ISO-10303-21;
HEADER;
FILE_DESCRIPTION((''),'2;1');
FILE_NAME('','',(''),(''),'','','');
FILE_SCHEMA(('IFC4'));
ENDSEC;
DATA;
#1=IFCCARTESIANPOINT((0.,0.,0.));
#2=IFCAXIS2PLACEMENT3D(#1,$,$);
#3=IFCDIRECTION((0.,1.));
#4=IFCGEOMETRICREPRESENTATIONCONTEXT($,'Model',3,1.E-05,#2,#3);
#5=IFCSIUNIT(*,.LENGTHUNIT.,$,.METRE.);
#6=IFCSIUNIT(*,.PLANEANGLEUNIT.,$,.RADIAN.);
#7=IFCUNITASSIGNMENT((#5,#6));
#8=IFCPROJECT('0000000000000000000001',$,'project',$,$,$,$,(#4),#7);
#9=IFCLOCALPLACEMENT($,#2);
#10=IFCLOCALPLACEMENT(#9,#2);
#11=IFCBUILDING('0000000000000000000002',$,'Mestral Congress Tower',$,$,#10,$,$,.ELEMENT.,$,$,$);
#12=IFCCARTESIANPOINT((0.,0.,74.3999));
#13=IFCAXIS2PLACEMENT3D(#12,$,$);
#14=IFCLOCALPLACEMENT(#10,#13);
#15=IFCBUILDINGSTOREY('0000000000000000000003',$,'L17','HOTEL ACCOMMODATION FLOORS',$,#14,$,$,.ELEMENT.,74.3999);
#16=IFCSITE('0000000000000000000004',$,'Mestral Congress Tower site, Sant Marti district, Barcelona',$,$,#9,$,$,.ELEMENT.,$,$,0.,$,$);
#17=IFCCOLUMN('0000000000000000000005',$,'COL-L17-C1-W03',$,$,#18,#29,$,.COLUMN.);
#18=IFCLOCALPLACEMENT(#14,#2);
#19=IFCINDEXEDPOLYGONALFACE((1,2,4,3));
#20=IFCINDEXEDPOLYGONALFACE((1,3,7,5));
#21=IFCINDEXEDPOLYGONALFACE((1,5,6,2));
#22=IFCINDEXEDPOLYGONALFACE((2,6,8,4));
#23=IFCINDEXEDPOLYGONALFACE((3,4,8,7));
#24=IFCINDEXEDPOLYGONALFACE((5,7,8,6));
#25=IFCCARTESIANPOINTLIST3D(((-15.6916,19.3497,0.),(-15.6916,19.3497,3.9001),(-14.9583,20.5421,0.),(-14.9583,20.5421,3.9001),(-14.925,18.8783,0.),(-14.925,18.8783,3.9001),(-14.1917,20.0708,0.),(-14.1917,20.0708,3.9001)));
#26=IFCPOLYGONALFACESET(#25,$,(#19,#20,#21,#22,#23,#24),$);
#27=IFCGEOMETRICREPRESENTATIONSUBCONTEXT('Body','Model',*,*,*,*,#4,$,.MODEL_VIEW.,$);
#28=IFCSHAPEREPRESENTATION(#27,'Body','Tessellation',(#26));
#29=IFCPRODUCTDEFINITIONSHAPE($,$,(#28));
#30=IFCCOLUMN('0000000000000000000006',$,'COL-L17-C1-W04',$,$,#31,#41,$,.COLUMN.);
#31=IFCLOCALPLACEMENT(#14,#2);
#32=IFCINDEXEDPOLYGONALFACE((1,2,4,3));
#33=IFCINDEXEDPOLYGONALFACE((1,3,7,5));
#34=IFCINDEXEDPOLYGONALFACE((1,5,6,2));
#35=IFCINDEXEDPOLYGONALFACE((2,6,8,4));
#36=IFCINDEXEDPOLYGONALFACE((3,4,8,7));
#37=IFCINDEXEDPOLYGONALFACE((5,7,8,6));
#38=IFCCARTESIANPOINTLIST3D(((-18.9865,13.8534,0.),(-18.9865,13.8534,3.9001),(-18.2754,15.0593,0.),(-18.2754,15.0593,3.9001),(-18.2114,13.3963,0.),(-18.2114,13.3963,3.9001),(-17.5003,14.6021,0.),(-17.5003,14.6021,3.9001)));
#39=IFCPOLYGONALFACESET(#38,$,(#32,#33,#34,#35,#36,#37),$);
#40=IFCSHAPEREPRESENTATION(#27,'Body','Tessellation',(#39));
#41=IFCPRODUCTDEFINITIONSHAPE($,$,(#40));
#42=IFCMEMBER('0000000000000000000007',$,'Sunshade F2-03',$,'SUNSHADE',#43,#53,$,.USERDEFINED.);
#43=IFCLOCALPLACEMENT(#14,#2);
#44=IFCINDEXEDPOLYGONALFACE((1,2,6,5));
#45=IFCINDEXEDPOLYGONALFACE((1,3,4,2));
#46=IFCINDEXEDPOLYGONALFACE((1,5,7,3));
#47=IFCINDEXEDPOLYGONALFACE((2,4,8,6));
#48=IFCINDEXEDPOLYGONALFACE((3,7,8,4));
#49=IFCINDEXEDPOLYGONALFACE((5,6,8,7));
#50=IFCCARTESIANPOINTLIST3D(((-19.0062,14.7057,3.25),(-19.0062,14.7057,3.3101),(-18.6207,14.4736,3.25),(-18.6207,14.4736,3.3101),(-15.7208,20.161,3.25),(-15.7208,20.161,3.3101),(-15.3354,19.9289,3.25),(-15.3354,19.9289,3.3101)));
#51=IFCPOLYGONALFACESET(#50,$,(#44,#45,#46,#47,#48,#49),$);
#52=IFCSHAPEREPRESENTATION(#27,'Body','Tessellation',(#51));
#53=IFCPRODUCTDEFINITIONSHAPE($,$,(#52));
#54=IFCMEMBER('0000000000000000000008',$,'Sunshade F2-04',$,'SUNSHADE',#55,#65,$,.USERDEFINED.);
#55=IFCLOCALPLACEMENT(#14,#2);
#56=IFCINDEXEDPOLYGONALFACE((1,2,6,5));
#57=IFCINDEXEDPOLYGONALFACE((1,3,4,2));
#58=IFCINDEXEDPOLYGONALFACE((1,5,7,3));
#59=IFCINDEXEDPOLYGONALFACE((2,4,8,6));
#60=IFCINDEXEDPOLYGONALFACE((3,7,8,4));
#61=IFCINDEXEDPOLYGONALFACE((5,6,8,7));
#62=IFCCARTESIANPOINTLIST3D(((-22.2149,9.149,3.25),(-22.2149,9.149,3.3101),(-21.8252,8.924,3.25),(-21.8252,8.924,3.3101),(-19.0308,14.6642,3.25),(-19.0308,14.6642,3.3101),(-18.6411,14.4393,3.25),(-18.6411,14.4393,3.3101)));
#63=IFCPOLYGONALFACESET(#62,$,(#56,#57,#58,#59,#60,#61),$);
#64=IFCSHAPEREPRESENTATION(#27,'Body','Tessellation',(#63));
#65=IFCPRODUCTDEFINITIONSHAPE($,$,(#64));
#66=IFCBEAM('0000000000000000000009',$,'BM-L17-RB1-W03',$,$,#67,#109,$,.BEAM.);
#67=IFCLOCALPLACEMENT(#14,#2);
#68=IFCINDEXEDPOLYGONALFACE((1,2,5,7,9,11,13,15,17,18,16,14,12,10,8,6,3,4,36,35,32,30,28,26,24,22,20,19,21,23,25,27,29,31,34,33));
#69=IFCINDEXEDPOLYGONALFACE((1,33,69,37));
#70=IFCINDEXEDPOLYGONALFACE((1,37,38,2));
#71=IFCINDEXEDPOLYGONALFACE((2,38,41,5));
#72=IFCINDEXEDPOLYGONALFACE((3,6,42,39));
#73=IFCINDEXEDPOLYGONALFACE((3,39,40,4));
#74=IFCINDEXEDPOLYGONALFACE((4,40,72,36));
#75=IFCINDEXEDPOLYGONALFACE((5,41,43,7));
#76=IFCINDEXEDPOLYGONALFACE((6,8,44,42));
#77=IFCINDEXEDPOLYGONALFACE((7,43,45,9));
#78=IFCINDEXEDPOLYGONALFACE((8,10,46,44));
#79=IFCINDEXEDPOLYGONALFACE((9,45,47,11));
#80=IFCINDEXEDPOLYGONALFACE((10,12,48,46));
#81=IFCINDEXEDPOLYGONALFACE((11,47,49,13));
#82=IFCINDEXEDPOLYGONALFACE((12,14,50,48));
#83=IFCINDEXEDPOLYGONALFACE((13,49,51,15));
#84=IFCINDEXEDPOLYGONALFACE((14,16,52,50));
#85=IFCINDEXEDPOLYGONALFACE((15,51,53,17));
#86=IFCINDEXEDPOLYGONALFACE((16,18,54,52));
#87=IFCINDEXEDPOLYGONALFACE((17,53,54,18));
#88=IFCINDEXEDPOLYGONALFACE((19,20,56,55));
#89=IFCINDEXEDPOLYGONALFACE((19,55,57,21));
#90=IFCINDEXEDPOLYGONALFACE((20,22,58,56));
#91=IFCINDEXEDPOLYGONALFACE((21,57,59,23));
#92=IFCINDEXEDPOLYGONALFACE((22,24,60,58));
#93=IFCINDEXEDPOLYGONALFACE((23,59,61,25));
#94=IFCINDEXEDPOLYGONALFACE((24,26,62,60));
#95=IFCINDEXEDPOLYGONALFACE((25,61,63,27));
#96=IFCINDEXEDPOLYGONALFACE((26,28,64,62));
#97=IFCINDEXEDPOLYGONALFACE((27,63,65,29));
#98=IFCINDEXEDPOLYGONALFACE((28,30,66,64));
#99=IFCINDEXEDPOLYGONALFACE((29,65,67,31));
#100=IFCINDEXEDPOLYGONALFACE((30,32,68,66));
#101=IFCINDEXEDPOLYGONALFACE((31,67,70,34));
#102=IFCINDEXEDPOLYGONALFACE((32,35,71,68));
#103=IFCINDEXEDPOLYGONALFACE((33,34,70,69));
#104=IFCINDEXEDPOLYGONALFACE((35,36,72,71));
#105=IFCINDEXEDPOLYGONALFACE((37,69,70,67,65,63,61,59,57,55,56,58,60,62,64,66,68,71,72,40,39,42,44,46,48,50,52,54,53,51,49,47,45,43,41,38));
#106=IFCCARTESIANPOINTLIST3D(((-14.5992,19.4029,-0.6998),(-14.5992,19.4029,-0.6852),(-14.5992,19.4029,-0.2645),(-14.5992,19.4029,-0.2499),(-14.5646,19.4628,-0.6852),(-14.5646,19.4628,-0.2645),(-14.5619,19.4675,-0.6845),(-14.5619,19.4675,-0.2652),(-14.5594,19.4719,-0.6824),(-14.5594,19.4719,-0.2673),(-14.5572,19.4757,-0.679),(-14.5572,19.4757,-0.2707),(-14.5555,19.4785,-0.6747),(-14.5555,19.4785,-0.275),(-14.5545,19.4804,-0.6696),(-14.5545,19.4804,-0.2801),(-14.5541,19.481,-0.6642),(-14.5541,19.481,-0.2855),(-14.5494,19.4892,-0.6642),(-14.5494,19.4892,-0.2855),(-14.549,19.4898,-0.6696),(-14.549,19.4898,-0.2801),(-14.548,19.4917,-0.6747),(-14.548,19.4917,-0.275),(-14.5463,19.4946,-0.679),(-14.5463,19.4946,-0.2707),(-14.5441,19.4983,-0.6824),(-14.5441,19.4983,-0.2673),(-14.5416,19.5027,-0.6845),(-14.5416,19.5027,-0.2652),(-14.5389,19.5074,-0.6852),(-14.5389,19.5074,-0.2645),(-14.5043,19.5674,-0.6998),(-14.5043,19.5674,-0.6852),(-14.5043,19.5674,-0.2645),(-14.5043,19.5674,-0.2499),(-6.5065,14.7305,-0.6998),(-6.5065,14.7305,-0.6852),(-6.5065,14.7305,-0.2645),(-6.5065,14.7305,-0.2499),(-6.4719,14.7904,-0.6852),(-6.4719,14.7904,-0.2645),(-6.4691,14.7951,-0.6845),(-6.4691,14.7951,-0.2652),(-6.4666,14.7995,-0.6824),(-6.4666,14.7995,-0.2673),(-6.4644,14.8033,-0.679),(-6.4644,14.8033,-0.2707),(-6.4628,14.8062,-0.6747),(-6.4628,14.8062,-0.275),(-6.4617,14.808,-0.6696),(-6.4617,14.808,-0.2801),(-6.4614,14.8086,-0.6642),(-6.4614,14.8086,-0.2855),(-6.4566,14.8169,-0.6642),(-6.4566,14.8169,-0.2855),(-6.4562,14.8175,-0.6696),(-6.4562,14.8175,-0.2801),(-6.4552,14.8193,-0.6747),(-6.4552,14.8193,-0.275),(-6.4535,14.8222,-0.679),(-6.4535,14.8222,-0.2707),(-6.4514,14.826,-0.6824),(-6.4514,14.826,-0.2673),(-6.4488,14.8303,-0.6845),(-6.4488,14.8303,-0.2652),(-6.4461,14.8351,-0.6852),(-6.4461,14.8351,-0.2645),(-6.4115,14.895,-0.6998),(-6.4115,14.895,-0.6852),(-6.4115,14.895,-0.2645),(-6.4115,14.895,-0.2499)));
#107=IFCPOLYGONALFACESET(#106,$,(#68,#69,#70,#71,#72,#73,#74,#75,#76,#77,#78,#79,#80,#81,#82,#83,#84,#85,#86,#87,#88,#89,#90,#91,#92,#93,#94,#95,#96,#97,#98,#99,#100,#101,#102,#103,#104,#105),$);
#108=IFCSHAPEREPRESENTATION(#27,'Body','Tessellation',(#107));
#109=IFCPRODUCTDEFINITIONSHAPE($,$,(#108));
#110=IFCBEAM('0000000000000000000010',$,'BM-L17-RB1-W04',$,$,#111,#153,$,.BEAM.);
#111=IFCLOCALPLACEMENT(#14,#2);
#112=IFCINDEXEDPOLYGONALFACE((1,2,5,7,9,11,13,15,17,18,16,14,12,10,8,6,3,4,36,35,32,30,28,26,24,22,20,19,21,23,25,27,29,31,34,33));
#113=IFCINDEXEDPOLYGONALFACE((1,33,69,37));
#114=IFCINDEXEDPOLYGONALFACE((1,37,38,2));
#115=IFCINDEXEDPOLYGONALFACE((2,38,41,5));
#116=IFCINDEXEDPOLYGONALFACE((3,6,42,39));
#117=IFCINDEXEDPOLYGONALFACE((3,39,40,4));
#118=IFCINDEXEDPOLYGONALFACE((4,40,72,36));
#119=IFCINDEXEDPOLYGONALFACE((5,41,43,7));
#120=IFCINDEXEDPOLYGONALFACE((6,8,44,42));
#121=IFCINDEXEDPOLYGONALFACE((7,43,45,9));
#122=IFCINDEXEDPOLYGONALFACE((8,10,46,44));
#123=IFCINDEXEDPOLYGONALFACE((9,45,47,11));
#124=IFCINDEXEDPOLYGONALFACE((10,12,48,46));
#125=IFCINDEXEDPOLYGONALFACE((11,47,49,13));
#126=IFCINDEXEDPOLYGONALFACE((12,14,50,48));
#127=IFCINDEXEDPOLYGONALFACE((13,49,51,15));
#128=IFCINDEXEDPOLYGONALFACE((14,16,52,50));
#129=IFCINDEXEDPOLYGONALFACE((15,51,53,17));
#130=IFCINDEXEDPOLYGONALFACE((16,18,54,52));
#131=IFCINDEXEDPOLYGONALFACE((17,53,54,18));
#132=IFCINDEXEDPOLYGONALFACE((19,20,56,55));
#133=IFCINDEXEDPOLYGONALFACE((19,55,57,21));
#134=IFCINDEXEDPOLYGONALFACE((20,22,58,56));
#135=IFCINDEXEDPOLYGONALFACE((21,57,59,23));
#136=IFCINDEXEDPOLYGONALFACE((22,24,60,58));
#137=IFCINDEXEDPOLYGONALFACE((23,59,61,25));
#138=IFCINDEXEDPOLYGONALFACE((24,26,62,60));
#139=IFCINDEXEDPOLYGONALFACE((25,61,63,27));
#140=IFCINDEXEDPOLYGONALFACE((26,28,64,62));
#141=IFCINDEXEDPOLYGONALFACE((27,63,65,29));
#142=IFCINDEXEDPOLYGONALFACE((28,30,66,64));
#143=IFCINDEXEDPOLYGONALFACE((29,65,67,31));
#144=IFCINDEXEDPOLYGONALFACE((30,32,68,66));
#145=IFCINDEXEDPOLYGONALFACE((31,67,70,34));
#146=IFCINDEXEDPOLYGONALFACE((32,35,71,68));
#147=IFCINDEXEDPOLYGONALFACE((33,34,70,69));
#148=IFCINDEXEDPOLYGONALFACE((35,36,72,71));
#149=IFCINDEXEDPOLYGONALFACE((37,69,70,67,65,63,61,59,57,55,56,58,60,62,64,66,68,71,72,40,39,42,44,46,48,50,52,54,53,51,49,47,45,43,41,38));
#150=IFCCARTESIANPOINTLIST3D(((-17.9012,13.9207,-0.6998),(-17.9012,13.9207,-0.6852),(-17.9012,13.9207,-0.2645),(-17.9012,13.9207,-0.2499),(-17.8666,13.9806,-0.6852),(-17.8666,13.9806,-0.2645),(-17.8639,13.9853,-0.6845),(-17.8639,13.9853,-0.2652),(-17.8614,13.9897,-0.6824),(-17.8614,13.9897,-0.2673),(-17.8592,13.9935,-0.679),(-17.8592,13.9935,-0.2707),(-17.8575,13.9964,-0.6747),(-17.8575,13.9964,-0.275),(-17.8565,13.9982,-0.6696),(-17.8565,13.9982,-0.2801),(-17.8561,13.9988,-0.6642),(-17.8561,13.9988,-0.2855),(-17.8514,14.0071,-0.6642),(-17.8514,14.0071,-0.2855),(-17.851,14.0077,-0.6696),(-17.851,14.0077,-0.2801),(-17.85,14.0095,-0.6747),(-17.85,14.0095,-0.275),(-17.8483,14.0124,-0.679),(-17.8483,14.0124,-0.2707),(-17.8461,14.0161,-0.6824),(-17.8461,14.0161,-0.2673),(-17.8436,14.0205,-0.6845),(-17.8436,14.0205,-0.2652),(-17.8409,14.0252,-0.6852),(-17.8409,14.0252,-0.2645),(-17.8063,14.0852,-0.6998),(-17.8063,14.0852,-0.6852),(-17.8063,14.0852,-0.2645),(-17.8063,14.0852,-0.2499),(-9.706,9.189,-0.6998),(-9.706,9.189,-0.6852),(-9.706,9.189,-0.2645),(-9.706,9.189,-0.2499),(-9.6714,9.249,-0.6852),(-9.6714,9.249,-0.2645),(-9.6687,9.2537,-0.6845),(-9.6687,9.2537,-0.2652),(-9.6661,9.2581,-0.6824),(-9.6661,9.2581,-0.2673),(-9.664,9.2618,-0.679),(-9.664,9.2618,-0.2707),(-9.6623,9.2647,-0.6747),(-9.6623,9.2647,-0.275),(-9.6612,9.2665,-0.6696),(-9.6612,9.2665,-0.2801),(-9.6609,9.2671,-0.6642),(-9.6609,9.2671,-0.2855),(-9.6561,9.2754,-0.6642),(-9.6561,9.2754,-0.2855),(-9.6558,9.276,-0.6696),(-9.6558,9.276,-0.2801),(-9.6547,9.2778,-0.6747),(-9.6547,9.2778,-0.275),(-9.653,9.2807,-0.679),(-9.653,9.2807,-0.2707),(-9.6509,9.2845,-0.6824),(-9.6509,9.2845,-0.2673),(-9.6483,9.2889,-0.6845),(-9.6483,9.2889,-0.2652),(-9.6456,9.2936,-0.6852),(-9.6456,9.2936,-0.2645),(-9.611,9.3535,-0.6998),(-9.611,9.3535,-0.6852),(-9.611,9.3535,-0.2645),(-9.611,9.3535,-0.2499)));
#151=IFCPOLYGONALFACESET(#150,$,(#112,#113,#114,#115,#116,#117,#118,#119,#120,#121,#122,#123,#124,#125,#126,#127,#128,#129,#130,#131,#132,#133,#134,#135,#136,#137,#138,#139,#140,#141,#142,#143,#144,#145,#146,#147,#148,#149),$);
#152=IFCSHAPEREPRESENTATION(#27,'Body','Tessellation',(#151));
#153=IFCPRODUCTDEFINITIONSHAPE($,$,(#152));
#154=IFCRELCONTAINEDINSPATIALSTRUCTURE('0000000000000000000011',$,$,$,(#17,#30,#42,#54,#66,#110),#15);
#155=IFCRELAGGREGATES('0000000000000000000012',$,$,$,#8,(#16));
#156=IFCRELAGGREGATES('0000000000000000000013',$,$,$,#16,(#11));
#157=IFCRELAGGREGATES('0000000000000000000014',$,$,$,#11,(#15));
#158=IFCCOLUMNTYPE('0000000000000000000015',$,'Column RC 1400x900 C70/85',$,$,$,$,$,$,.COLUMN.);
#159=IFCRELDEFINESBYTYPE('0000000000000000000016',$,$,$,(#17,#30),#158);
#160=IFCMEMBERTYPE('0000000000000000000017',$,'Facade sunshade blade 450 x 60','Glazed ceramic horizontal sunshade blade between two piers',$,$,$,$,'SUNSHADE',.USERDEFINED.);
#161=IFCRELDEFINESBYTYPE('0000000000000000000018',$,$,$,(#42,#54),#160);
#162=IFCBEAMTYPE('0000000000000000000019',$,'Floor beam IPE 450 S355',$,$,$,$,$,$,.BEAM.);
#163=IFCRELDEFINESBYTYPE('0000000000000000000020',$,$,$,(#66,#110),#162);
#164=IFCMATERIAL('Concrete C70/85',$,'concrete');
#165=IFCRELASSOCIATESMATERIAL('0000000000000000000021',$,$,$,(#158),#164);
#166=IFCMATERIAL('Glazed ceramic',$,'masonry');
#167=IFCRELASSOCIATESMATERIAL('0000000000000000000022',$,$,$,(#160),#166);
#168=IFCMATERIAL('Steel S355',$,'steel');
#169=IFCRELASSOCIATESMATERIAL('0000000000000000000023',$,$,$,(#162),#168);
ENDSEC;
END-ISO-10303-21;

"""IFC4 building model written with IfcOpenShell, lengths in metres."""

from ifc_helpers import new_model, si_unit, direction, frame, origin, origin_2d, place, context, subcontext, project, spatial, rectangle, i_section, extrude, material, material_profile, profile_set, type_object, element, save


model = new_model("IFC4")

# Units and contexts
model_context = context("Model", 3, precision=1e-05, world=origin(), true_north=direction((0.0, 1.0)))
body_context = subcontext(model_context, "Body", "Model", "MODEL_VIEW")
ifc_project = project(units=[si_unit("LENGTHUNIT", "METRE"), si_unit("PLANEANGLEUNIT", "RADIAN")], contexts=[model_context])

# Site, building, storey
site_placement = place(None, origin())
site = spatial("IfcSite", under=ifc_project, at=site_placement, Name="Mestral Congress Tower site, Sant Marti district, Barcelona", CompositionType="ELEMENT", RefElevation=0.0)
building_placement = place(site_placement, origin())
building = spatial("IfcBuilding", under=site, at=building_placement, Name="Mestral Congress Tower", CompositionType="ELEMENT")
storey_placement = place(building_placement, frame((0.0, 0.0, 74.3999)))
storey = spatial("IfcBuildingStorey", under=building, at=storey_placement, Name="L17", Description="HOTEL ACCOMMODATION FLOORS", CompositionType="ELEMENT", Elevation=74.3999)

# Columns
ifc_material_1 = material(Name="Concrete C70/85", Category="concrete")
ifc_material_profile_1 = material_profile(ifc_material_1, rectangle(XDim=1.3999, YDim=0.8999, at=origin_2d()), Name="RC 1400x900")
ifc_profile_set_1 = profile_set([ifc_material_profile_1], Name="Concrete C70/85")
column_type = type_object("IfcColumnType", Name="Column RC 1400x900 C70/85", PredefinedType="COLUMN", material=ifc_profile_set_1)
for number, where, z_axis, x_axis, name in (
    (1, (-14.9417, 19.7102, 0.0), (0.0, 0.0, 1.0), (-0.523819, -0.851829, 0.0), "COL-L17-C1-W03"),
    (2, (-18.2434, 14.2278, 0.0), (0.0, 0.0, 1.0), (-0.507983, -0.861367, 0.0), "COL-L17-C1-W04"),
):
    element("IfcColumn", number, at=place(storey_placement, frame(where, z_axis=z_axis, x_axis=x_axis)), inside=storey, type_object=column_type, Name=name, PredefinedType="COLUMN", context=body_context, shape_type="SweptSolid", body=[
        extrude(rectangle(XDim=1.3999, YDim=0.8999, at=origin_2d()), origin(), (0.0, 0.0, 1.0), 3.9001),
    ])

# Members
ifc_material_2 = material(Name="Glazed ceramic", Category="masonry")
ifc_material_profile_2 = material_profile(ifc_material_2, rectangle(XDim=0.45, YDim=0.0601, at=origin_2d()), Name="Ceramic blade 450 x 60")
ifc_profile_set_2 = profile_set([ifc_material_profile_2], Name="Glazed ceramic")
member_type = type_object("IfcMemberType", Name="Facade sunshade blade 450 x 60", Description="Glazed ceramic horizontal sunshade blade between two piers", ElementType="SUNSHADE", PredefinedType="USERDEFINED", material=ifc_profile_set_2)
member_1_placement = place(storey_placement, frame((-15.5281, 20.0449, 3.28), z_axis=(-0.515905, -0.856646, 0.0), x_axis=(0.856646, -0.515905, 0.0)))
element("IfcMember", 3, at=member_1_placement, inside=storey, type_object=member_type, Name="Sunshade F2-03", ObjectType="SUNSHADE", PredefinedType="USERDEFINED", context=body_context, shape_type="SweptSolid", body=[
    extrude(rectangle(XDim=0.45, YDim=0.0601, at=origin_2d()), origin(), (0.0, 0.0, 1.0), 6.3682),
])
member_2_placement = place(storey_placement, frame((-18.8359, 14.5518, 3.28), z_axis=(-0.49999, -0.866031, 0.0), x_axis=(0.866031, -0.49999, 0.0)))
element("IfcMember", 4, at=member_2_placement, inside=storey, type_object=member_type, Name="Sunshade F2-04", ObjectType="SUNSHADE", PredefinedType="USERDEFINED", context=body_context, shape_type="SweptSolid", body=[
    extrude(rectangle(XDim=0.45, YDim=0.0601, at=origin_2d()), origin(), (0.0, 0.0, 1.0), 6.3684),
])

# Beams
ifc_material_3 = material(Name="Steel S355", Category="steel")
ifc_material_profile_3 = material_profile(ifc_material_3, i_section(OverallWidth=0.1899, OverallDepth=0.45, WebThickness=0.0095, FlangeThickness=0.0146, FilletRadius=0.021, at=origin_2d()), Name="IPE 450")
ifc_profile_set_3 = profile_set([ifc_material_profile_3], Name="Steel S355")
beam_type_1 = type_object("IfcBeamType", Name="Floor beam IPE 450 S355", PredefinedType="BEAM", material=ifc_profile_set_3)
beam_1_placement = place(storey_placement, frame((-14.5518, 19.4851, -0.4749), z_axis=(0.866025, -0.5, 0.0), x_axis=(0.5, 0.866025, 0.0)))
element("IfcBeam", 5, at=beam_1_placement, inside=storey, type_object=beam_type_1, Name="BM-L17-RB1-W03", PredefinedType="BEAM", context=body_context, shape_type="SweptSolid", body=[
    extrude(i_section(OverallWidth=0.1899, OverallDepth=0.45, WebThickness=0.0095, FlangeThickness=0.0146, FilletRadius=0.021, at=origin_2d()), origin(), (0.0, 0.0, 1.0), 9.3447),
])
beam_2_placement = place(storey_placement, frame((-17.8538, 14.0029, -0.4749), z_axis=(0.86602, -0.50001, 0.0), x_axis=(0.50001, 0.86602, 0.0)))
element("IfcBeam", 6, at=beam_2_placement, inside=storey, type_object=beam_type_1, Name="BM-L17-RB1-W04", PredefinedType="BEAM", context=body_context, shape_type="SweptSolid", body=[
    extrude(i_section(OverallWidth=0.1899, OverallDepth=0.45, WebThickness=0.0095, FlangeThickness=0.0146, FilletRadius=0.021, at=origin_2d()), origin(), (0.0, 0.0, 1.0), 9.4631),
])

save(model, "model.ifc")
